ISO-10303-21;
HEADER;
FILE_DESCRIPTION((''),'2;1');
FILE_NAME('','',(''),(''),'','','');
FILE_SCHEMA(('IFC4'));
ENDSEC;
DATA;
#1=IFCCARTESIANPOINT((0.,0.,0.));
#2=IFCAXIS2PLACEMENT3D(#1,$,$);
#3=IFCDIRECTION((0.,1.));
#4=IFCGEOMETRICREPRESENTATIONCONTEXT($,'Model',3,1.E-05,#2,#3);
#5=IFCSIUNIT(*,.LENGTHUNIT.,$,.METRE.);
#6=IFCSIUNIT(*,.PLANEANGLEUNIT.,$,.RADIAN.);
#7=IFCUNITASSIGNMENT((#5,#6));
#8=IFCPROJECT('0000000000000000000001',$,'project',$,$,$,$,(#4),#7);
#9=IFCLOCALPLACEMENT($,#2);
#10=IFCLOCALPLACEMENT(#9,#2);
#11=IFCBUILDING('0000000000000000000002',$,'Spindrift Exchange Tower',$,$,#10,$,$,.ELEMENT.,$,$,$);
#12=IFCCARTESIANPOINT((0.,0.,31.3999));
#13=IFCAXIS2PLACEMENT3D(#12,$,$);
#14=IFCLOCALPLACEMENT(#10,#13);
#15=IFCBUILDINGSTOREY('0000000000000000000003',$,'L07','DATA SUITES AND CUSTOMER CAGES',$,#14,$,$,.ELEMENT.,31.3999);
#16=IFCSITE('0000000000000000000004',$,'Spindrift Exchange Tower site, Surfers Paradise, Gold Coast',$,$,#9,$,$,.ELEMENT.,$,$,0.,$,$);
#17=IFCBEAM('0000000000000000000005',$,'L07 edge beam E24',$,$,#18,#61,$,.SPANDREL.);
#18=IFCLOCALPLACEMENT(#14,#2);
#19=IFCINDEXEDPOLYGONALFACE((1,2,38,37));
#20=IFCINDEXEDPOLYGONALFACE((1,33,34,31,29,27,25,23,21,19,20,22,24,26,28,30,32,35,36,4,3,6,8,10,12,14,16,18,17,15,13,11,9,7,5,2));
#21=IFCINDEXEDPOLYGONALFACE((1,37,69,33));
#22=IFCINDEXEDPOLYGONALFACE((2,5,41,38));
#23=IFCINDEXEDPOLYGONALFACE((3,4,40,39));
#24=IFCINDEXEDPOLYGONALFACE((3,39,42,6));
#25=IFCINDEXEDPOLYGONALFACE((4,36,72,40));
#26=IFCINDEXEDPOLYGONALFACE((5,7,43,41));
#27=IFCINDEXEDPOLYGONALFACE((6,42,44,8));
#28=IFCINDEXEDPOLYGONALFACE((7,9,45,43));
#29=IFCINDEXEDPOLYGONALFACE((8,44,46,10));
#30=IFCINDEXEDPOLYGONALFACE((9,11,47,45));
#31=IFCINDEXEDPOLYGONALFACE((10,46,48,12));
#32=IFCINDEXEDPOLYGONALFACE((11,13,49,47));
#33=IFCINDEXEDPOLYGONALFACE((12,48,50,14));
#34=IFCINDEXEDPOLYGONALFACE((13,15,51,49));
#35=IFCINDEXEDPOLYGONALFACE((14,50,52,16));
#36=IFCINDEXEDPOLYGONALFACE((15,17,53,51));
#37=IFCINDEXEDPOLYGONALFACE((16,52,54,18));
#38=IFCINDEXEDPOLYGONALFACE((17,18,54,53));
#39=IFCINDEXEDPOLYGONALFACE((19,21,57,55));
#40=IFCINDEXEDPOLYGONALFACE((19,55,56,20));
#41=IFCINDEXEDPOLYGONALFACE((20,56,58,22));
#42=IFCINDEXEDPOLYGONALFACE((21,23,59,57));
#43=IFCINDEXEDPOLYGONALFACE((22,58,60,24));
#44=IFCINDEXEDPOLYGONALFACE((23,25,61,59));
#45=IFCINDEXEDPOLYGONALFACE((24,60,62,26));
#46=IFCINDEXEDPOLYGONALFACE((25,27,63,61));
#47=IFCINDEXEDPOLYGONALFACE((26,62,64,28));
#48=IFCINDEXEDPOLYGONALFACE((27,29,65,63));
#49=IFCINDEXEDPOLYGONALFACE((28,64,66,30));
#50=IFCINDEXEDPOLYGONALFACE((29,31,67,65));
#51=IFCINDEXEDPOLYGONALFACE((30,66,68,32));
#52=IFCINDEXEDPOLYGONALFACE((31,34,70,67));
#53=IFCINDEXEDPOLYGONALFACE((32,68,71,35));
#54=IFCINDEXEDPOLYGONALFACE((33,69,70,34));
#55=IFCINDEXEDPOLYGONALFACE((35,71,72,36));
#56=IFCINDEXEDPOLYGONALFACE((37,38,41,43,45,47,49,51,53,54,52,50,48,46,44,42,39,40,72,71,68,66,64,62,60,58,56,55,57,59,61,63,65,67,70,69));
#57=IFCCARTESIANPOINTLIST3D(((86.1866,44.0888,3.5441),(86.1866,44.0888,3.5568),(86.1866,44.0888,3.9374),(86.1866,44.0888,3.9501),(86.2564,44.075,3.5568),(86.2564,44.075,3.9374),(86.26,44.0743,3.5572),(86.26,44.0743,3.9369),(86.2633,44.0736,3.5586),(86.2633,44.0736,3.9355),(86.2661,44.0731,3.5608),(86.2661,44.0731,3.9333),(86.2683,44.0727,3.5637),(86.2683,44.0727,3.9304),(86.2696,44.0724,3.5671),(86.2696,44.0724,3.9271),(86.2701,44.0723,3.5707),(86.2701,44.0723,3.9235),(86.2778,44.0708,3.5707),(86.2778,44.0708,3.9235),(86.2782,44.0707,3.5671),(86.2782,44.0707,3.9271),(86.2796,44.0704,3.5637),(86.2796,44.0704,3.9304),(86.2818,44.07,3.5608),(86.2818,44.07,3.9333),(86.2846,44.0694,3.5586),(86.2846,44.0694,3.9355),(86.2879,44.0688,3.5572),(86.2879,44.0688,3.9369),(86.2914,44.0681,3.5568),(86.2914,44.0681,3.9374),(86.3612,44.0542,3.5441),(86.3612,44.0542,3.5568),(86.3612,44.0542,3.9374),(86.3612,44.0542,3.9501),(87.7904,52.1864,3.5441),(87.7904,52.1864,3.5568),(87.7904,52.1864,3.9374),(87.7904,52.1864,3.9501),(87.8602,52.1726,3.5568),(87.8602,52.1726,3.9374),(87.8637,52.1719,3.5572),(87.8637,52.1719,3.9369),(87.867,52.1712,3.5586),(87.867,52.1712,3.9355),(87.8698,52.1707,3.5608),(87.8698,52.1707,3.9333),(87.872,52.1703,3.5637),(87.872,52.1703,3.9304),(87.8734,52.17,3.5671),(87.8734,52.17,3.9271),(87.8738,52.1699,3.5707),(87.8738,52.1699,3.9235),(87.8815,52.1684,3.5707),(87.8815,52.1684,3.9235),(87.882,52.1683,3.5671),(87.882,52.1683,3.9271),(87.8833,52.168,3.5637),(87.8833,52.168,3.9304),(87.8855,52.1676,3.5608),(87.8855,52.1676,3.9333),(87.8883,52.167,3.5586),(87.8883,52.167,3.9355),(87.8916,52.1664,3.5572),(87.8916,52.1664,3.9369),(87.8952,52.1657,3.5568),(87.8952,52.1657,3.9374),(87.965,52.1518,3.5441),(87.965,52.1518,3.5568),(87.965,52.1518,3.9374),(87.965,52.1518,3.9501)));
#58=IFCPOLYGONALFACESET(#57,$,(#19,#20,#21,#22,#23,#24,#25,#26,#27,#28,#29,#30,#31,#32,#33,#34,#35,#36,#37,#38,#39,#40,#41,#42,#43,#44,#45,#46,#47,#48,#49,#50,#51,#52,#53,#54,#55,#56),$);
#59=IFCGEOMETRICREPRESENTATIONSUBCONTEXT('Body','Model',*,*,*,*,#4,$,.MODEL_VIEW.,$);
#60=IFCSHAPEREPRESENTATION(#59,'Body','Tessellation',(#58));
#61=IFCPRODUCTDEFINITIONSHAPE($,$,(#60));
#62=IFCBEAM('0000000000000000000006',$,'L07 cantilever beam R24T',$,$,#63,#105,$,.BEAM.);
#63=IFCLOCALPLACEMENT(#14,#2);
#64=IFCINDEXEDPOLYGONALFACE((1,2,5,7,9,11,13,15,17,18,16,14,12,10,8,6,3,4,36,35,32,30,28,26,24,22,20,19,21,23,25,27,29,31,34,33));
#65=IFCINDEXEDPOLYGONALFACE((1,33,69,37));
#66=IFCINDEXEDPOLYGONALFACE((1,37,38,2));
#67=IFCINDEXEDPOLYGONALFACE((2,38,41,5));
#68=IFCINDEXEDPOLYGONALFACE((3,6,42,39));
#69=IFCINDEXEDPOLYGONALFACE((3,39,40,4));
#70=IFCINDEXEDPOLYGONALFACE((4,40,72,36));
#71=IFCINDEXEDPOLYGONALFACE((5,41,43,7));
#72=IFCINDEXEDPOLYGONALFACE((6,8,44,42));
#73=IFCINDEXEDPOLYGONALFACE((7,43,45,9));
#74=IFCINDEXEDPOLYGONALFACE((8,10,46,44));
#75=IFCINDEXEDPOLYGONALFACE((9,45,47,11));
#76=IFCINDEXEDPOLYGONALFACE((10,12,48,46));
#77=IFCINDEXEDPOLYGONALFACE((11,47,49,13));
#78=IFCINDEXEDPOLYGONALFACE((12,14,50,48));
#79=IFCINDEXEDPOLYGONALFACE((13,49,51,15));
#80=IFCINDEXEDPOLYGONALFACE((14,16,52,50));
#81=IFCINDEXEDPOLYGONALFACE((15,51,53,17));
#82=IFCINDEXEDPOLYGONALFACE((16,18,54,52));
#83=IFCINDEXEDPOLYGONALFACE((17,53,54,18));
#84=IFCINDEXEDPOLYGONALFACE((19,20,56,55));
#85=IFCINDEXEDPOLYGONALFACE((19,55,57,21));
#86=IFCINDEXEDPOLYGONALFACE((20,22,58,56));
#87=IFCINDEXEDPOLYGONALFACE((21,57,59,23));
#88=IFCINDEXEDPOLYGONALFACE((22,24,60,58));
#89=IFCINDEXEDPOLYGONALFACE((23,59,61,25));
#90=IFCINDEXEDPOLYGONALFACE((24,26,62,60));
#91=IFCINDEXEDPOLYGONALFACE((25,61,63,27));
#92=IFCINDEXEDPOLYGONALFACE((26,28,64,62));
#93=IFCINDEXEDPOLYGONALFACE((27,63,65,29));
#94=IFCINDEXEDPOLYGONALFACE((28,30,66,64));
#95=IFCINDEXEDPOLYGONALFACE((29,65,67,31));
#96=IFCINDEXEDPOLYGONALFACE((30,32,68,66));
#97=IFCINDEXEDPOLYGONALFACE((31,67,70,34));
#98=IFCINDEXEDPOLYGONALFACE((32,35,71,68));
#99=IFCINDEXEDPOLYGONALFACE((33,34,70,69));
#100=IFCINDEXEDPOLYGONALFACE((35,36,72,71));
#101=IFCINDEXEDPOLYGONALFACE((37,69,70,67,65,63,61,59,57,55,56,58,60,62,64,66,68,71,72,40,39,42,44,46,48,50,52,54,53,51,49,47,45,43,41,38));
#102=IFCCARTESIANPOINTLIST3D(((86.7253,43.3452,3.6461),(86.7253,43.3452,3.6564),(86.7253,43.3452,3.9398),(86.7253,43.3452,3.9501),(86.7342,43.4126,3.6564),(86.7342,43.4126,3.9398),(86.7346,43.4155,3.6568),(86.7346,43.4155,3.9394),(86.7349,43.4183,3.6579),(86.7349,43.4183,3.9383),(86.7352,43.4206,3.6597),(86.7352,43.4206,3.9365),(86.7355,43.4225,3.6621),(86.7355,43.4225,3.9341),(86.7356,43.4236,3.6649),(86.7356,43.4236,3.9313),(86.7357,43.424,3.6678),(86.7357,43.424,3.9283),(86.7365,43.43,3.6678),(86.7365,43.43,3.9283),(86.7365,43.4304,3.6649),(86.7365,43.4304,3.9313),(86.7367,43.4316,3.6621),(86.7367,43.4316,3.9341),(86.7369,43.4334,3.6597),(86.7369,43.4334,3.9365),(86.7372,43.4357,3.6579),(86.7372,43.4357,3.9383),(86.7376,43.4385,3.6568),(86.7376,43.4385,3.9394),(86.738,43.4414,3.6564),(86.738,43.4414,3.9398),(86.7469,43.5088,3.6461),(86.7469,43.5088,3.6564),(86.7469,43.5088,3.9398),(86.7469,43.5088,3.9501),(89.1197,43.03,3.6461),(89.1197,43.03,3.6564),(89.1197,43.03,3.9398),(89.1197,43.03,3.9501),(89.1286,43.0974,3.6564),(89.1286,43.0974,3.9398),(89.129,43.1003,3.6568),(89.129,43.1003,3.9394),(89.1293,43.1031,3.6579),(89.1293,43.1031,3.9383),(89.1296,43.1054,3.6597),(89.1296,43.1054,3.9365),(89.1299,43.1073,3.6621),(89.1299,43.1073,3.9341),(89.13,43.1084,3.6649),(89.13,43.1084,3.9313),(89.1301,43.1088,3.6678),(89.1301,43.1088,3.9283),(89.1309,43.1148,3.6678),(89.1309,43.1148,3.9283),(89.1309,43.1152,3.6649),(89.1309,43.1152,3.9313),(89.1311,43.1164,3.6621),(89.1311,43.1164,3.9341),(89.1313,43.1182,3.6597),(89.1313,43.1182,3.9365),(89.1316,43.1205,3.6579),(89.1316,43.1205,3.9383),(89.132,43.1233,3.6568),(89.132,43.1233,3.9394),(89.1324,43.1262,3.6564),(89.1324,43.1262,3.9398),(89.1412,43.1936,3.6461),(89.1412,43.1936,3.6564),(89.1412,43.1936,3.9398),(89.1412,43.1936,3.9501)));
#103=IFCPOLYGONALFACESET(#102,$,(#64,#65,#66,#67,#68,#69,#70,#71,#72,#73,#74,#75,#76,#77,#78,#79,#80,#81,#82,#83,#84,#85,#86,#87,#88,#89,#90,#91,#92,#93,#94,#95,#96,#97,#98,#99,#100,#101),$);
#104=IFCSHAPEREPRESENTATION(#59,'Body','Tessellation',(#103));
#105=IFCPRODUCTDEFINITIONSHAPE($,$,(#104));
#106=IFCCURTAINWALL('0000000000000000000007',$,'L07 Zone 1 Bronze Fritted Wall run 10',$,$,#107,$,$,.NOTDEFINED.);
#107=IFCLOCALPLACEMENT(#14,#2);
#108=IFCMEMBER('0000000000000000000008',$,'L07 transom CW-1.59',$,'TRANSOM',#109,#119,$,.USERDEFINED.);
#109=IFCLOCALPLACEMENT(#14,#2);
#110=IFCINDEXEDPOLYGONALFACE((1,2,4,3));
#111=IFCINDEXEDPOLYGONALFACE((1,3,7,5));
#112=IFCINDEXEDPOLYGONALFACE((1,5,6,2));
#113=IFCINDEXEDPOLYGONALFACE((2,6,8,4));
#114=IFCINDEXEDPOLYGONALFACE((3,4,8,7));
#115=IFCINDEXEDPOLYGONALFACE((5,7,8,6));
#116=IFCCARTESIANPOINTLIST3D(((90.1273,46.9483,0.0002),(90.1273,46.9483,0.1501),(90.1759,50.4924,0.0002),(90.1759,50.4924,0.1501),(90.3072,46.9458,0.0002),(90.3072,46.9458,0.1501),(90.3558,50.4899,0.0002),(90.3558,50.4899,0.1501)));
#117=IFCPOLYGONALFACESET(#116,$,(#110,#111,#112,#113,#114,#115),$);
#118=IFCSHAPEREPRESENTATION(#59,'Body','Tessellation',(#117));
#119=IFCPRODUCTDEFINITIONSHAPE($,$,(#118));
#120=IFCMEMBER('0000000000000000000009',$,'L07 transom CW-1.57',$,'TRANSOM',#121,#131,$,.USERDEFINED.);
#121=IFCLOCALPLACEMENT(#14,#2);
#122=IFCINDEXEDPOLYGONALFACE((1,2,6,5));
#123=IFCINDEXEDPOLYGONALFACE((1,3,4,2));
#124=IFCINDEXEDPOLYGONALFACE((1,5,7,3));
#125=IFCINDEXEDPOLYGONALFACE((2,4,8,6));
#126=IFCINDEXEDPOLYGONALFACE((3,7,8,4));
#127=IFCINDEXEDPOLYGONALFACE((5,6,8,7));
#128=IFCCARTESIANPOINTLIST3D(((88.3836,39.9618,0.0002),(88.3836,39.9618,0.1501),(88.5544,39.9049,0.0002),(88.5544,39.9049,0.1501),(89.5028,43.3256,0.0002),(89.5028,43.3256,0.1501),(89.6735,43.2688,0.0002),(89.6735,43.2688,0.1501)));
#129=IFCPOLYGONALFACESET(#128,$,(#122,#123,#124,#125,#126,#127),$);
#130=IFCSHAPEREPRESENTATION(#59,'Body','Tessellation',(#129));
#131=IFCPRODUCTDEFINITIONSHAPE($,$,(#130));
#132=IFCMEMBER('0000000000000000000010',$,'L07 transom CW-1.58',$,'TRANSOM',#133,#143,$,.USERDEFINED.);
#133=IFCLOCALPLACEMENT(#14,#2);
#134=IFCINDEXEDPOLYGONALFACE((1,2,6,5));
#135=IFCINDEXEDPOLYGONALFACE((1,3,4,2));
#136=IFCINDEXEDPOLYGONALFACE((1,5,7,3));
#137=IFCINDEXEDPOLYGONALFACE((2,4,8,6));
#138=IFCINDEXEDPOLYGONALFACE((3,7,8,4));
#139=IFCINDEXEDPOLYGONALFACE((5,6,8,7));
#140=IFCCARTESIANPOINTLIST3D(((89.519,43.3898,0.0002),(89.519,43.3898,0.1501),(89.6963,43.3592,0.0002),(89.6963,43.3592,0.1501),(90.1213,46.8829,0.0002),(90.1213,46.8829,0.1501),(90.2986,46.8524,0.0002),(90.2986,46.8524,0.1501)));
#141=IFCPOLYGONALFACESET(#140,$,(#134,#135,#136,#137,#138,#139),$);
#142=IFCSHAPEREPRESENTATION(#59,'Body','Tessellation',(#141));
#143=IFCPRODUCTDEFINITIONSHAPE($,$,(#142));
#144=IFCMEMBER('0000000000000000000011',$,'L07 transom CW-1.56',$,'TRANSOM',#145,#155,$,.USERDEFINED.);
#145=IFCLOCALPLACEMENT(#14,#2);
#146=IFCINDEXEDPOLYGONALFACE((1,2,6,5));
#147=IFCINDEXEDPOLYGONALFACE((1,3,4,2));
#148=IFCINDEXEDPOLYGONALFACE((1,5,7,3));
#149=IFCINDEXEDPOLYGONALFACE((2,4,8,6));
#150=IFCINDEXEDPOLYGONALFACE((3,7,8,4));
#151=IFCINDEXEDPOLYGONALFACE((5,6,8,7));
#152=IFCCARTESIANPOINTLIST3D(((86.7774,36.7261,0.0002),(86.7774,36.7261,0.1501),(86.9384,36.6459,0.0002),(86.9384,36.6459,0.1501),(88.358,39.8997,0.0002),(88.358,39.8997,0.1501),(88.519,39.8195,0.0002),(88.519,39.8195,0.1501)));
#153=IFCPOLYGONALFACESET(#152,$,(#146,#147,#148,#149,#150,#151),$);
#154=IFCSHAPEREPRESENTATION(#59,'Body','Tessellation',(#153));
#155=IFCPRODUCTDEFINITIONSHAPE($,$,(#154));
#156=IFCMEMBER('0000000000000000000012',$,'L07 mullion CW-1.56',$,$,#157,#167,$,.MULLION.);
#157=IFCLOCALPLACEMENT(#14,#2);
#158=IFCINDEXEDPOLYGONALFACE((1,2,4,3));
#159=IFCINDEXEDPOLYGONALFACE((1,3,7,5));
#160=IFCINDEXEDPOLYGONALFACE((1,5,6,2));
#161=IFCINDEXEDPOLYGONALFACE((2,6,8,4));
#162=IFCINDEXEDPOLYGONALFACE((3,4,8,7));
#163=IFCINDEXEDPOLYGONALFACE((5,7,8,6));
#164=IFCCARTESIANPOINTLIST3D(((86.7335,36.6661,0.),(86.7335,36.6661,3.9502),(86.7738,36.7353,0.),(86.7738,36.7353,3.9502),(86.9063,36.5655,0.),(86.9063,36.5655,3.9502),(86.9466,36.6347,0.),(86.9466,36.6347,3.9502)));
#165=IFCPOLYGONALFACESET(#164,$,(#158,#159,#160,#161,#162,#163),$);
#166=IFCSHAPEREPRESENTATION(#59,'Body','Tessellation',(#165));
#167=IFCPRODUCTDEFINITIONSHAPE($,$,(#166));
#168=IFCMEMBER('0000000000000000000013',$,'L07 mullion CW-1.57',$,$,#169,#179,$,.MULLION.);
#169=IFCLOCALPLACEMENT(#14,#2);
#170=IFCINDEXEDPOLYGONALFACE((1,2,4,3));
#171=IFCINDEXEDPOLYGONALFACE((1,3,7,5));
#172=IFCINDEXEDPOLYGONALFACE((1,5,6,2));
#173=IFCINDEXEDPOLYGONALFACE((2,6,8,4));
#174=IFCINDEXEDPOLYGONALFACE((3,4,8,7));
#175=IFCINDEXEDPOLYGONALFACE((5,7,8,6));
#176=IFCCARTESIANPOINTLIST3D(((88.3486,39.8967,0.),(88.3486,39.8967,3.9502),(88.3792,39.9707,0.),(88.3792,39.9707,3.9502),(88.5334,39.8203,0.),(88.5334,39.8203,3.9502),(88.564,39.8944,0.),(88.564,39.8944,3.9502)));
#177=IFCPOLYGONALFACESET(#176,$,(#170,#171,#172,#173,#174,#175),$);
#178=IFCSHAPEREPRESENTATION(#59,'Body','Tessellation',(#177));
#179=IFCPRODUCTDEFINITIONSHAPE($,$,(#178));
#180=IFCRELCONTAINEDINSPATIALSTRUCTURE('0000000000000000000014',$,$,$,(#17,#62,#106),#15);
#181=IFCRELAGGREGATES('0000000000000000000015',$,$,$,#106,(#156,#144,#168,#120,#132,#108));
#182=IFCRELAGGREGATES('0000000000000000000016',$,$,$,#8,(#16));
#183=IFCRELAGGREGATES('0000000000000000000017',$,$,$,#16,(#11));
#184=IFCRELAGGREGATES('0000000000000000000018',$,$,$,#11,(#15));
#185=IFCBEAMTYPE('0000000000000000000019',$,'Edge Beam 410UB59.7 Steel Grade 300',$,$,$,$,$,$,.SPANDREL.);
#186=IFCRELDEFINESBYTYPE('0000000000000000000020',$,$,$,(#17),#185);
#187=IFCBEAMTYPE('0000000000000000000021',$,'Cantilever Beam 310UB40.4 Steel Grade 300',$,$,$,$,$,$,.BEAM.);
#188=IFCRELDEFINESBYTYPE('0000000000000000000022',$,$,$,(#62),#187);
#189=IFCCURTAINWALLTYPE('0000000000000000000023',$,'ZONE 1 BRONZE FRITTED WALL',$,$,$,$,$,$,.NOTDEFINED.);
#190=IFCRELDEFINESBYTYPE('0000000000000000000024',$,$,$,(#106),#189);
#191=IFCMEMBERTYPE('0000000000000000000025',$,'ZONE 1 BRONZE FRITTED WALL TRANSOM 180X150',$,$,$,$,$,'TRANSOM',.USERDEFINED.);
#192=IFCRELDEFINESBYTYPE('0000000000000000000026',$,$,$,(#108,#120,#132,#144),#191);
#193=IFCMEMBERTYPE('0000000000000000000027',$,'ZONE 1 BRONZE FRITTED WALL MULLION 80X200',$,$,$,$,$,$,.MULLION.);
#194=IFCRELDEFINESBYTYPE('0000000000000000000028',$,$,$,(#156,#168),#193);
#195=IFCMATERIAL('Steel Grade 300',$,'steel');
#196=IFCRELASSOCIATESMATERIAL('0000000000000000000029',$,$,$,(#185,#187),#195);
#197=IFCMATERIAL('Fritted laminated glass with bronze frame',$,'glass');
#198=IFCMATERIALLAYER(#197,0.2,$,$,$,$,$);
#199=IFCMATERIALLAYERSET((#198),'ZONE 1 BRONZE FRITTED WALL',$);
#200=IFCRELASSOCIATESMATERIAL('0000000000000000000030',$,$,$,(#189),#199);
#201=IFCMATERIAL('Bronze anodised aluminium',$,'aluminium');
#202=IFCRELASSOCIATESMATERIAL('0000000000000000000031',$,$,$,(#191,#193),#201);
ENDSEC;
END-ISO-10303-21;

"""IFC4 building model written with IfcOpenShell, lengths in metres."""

from ifc_helpers import new_model, si_unit, direction, frame, origin, origin_2d, place, context, subcontext, project, spatial, rectangle, i_section, extrude, source, transform, mapped, material, layer, layer_set, material_profile, profile_set, type_object, element, aggregate, save


model = new_model("IFC4")

# Units and contexts
model_context = context("Model", 3, precision=1e-05, world=origin(), true_north=direction((0.0, 1.0)))
body_context = subcontext(model_context, "Body", "Model", "MODEL_VIEW")
ifc_project = project(units=[si_unit("LENGTHUNIT", "METRE"), si_unit("PLANEANGLEUNIT", "RADIAN")], contexts=[model_context])

# Site, building, storey
site_placement = place(None, origin())
site = spatial("IfcSite", under=ifc_project, at=site_placement, Name="Spindrift Exchange Tower site, Surfers Paradise, Gold Coast", CompositionType="ELEMENT", RefElevation=0.0)
building_placement = place(site_placement, origin())
building = spatial("IfcBuilding", under=site, at=building_placement, Name="Spindrift Exchange Tower", CompositionType="ELEMENT")
storey_placement = place(building_placement, frame((0.0, 0.0, 31.3999)))
storey = spatial("IfcBuildingStorey", under=building, at=storey_placement, Name="L07", Description="DATA SUITES AND CUSTOMER CAGES", CompositionType="ELEMENT", Elevation=31.3999)

# Beams
ifc_material_1 = material(Name="Steel Grade 300", Category="steel")
ifc_material_profile_1 = material_profile(ifc_material_1, i_section(OverallWidth=0.178, OverallDepth=0.406, WebThickness=0.0078, FlangeThickness=0.0127, FilletRadius=0.0139, at=origin_2d()), Name="410UB59.7")
ifc_profile_set_1 = profile_set([ifc_material_profile_1], Name="Steel Grade 300")
beam_type_1 = type_object("IfcBeamType", Name="Edge Beam 410UB59.7 Steel Grade 300", PredefinedType="SPANDREL", material=ifc_profile_set_1)
shared_shape_1 = source(origin(), body_context, "Body", "SweptSolid", [
    extrude(i_section(OverallWidth=0.178, OverallDepth=0.406, WebThickness=0.0078, FlangeThickness=0.0127, FilletRadius=0.0139, at=origin_2d()), origin(), (0.0, 0.0, 1.0), 8.2549),
])
beam_1_placement = place(storey_placement, frame((86.2739, 44.0715, 3.7471), z_axis=(0.194279, 0.980946, 0.0), x_axis=(-0.980946, 0.194279, 0.0)))
element("IfcBeam", 1, at=beam_1_placement, inside=storey, type_object=beam_type_1, Name="L07 edge beam E24", PredefinedType="SPANDREL", context=body_context, shape_type="MappedRepresentation", body=[
    mapped(shared_shape_1, transform((0.0, 0.0, 0.0), scale=1.0)),
])
ifc_material_profile_2 = material_profile(ifc_material_1, i_section(OverallWidth=0.165, OverallDepth=0.304, WebThickness=0.0061, FlangeThickness=0.0103, FilletRadius=0.0115, at=origin_2d()), Name="310UB40.4")
ifc_profile_set_2 = profile_set([ifc_material_profile_2], Name="Steel Grade 300")
beam_type_2 = type_object("IfcBeamType", Name="Cantilever Beam 310UB40.4 Steel Grade 300", PredefinedType="BEAM", material=ifc_profile_set_2)
shared_shape_2 = source(origin(), body_context, "Body", "SweptSolid", [
    extrude(i_section(OverallWidth=0.165, OverallDepth=0.304, WebThickness=0.0061, FlangeThickness=0.0103, FilletRadius=0.0115, at=origin_2d()), origin(), (0.0, 0.0, 1.0), 2.415),
])
beam_2_placement = place(storey_placement, frame((86.7361, 43.427, 3.7981), z_axis=(0.991446, -0.130515, 0.0), x_axis=(0.130515, 0.991446, 0.0)))
element("IfcBeam", 2, at=beam_2_placement, inside=storey, type_object=beam_type_2, Name="L07 cantilever beam R24T", PredefinedType="BEAM", context=body_context, shape_type="MappedRepresentation", body=[
    mapped(shared_shape_2, transform((0.0, 0.0, 0.0), scale=1.0)),
])

# Curtain wall, members
ifc_material_2 = material(Name="Fritted laminated glass with bronze frame", Category="glass")
ifc_layer_1 = layer(ifc_material_2, 0.2)
ifc_layer_set_1 = layer_set([ifc_layer_1], Name="ZONE 1 BRONZE FRITTED WALL")
curtain_wall_type = type_object("IfcCurtainWallType", Name="ZONE 1 BRONZE FRITTED WALL", PredefinedType="NOTDEFINED", material=ifc_layer_set_1)
curtain_wall_placement = place(storey_placement, origin())
curtain_wall = element("IfcCurtainWall", 3, at=curtain_wall_placement, inside=storey, type_object=curtain_wall_type, Name="L07 Zone 1 Bronze Fritted Wall run 10", PredefinedType="NOTDEFINED")
ifc_material_3 = material(Name="Bronze anodised aluminium", Category="aluminium")
ifc_material_profile_3 = material_profile(ifc_material_3, rectangle(XDim=0.1799, YDim=0.1499, at=origin_2d()), Name="ZONE 1 BRONZE FRITTED WALL TRANSOM 180X150")
ifc_profile_set_3 = profile_set([ifc_material_profile_3], Name="Bronze anodised aluminium")
member_type_1 = type_object("IfcMemberType", Name="ZONE 1 BRONZE FRITTED WALL TRANSOM 180X150", ElementType="TRANSOM", PredefinedType="USERDEFINED", material=ifc_profile_set_3)
shared_shape_3 = source(origin(), body_context, "Body", "SweptSolid", [
    extrude(rectangle(XDim=0.1799, YDim=0.1499, at=origin_2d()), origin(), (0.0, 0.0, 1.0), 3.5444),
])
member_1_placement = place(storey_placement, frame((90.2173, 46.947, 0.0752), z_axis=(0.013707, 0.999906, 0.0), x_axis=(-0.999906, 0.013707, 0.0)))
member_1 = element("IfcMember", 4, at=member_1_placement, type_object=member_type_1, Name="L07 transom CW-1.59", ObjectType="TRANSOM", PredefinedType="USERDEFINED", context=body_context, shape_type="MappedRepresentation", body=[
    mapped(shared_shape_3, transform((0.0, 0.0, 0.0), scale=1.0)),
])
shared_shape_4 = source(origin(), body_context, "Body", "SweptSolid", [
    extrude(rectangle(XDim=0.1799, YDim=0.1499, at=origin_2d()), origin(), (0.0, 0.0, 1.0), 3.5452),
])
member_2_placement = place(storey_placement, frame((88.469, 39.9333, 0.0752), z_axis=(0.315691, 0.948862, 0.0), x_axis=(-0.948862, 0.315691, 0.0)))
member_2 = element("IfcMember", 5, at=member_2_placement, type_object=member_type_1, Name="L07 transom CW-1.57", ObjectType="TRANSOM", PredefinedType="USERDEFINED", context=body_context, shape_type="MappedRepresentation", body=[
    mapped(shared_shape_4, transform((0.0, 0.0, 0.0), scale=1.0)),
])
shared_shape_5 = source(origin(), body_context, "Body", "SweptSolid", [
    extrude(rectangle(XDim=0.1799, YDim=0.1499, at=origin_2d()), origin(), (0.0, 0.0, 1.0), 3.5447),
])
member_3_placement = place(storey_placement, frame((89.6077, 43.3745, 0.0752), z_axis=(0.169914, 0.985459, 0.0), x_axis=(-0.985459, 0.169914, 0.0)))
member_3 = element("IfcMember", 6, at=member_3_placement, type_object=member_type_1, Name="L07 transom CW-1.58", ObjectType="TRANSOM", PredefinedType="USERDEFINED", context=body_context, shape_type="MappedRepresentation", body=[
    mapped(shared_shape_5, transform((0.0, 0.0, 0.0), scale=1.0)),
])
shared_shape_6 = source(origin(), body_context, "Body", "SweptSolid", [
    extrude(rectangle(XDim=0.1799, YDim=0.1499, at=origin_2d()), origin(), (0.0, 0.0, 1.0), 3.5454),
])
member_4_placement = place(storey_placement, frame((86.8579, 36.686, 0.0752), z_axis=(0.445808, 0.895128, 0.0), x_axis=(-0.895128, 0.445808, 0.0)))
member_4 = element("IfcMember", 7, at=member_4_placement, type_object=member_type_1, Name="L07 transom CW-1.56", ObjectType="TRANSOM", PredefinedType="USERDEFINED", context=body_context, shape_type="MappedRepresentation", body=[
    mapped(shared_shape_6, transform((0.0, 0.0, 0.0), scale=1.0)),
])
ifc_material_profile_4 = material_profile(ifc_material_3, rectangle(XDim=0.0801, YDim=0.2, at=origin_2d()), Name="ZONE 1 BRONZE FRITTED WALL MULLION 80X200")
ifc_profile_set_4 = profile_set([ifc_material_profile_4], Name="Bronze anodised aluminium")
member_type_2 = type_object("IfcMemberType", Name="ZONE 1 BRONZE FRITTED WALL MULLION 80X200", PredefinedType="MULLION", material=ifc_profile_set_4)
shared_shape_7 = source(origin(), body_context, "Body", "SweptSolid", [
    extrude(rectangle(XDim=0.0801, YDim=0.2, at=origin_2d()), origin(), (0.0, 0.0, 1.0), 3.9502),
])
member_5_placement = place(storey_placement, frame((86.8401, 36.6504, 0.0), z_axis=(0.0, 0.0, 1.0), x_axis=(0.503098, 0.86423, 0.0)))
member_5 = element("IfcMember", 8, at=member_5_placement, type_object=member_type_2, Name="L07 mullion CW-1.56", PredefinedType="MULLION", context=body_context, shape_type="MappedRepresentation", body=[
    mapped(shared_shape_7, transform((0.0, 0.0, 0.0), scale=1.0)),
])
member_6_placement = place(storey_placement, frame((88.4563, 39.8955, 0.0), z_axis=(0.0, 0.0, 1.0), x_axis=(0.381719, 0.924279, 0.0)))
member_6 = element("IfcMember", 9, at=member_6_placement, type_object=member_type_2, Name="L07 mullion CW-1.57", PredefinedType="MULLION", context=body_context, shape_type="MappedRepresentation", body=[
    mapped(shared_shape_7, transform((0.0, 0.0, 0.0), scale=1.0)),
])
aggregate(curtain_wall, [member_5, member_4, member_6, member_2, member_3, member_1])

save(model, "model.ifc")
